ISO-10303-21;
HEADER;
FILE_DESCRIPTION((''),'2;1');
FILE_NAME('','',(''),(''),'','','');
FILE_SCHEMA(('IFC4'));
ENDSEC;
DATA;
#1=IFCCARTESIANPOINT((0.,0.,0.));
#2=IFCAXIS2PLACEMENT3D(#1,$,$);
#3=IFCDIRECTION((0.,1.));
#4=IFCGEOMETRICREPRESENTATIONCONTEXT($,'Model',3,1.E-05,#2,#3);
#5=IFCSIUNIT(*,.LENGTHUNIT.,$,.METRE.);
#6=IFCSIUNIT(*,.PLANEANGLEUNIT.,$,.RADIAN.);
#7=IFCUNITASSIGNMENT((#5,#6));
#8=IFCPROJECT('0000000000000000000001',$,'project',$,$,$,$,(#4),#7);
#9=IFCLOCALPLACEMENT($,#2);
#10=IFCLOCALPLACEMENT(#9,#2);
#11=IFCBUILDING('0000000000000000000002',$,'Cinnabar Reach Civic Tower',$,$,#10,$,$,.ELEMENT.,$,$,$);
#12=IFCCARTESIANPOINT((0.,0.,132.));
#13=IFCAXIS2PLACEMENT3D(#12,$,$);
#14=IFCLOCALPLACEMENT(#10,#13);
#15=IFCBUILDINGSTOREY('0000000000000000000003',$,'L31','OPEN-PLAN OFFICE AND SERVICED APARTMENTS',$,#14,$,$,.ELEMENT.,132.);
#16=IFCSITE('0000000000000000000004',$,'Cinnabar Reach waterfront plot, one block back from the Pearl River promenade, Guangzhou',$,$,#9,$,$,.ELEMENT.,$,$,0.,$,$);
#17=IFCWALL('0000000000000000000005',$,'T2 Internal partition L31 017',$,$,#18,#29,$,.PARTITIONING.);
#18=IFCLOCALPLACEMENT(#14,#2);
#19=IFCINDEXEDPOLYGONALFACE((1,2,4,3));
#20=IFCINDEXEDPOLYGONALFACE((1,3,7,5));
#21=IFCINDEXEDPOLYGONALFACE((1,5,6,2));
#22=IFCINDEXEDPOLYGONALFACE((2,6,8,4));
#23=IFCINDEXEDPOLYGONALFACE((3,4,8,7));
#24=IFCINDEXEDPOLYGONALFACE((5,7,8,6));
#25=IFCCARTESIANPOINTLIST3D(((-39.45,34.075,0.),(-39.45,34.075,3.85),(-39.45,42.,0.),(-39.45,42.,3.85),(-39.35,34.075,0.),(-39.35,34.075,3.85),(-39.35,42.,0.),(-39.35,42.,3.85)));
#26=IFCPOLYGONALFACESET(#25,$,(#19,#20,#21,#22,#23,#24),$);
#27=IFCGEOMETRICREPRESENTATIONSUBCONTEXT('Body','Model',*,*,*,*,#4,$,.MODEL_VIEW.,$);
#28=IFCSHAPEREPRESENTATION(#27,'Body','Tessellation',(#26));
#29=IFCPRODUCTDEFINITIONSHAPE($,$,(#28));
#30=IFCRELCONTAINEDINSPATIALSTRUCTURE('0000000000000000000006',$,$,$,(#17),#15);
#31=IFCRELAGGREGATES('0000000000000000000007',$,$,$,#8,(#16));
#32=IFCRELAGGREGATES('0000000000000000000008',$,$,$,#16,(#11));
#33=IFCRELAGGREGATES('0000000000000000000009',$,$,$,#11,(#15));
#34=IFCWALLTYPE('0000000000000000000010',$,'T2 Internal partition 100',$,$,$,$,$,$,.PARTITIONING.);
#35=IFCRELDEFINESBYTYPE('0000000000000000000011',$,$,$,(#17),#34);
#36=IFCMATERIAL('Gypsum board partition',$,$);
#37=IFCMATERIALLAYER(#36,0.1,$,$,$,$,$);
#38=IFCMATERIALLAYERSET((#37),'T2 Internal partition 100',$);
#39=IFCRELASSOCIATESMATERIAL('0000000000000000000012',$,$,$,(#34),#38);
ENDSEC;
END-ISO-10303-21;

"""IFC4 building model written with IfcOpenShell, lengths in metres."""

from ifc_helpers import new_model, si_unit, direction, frame, frame_2d, origin, place, context, subcontext, project, spatial, rectangle, extrude, material, layer, layer_set, type_object, element, save


model = new_model("IFC4")

# Units and contexts
model_context = context("Model", 3, precision=1e-05, world=origin(), true_north=direction((0.0, 1.0)))
body_context = subcontext(model_context, "Body", "Model", "MODEL_VIEW")
ifc_project = project(units=[si_unit("LENGTHUNIT", "METRE"), si_unit("PLANEANGLEUNIT", "RADIAN")], contexts=[model_context])

# Site, building, storey
site_placement = place(None, origin())
site = spatial("IfcSite", under=ifc_project, at=site_placement, Name="Cinnabar Reach waterfront plot, one block back from the Pearl River promenade, Guangzhou", CompositionType="ELEMENT", RefElevation=0.0)
building_placement = place(site_placement, origin())
building = spatial("IfcBuilding", under=site, at=building_placement, Name="Cinnabar Reach Civic Tower", CompositionType="ELEMENT")
storey_placement = place(building_placement, frame((0.0, 0.0, 132.0)))
storey = spatial("IfcBuildingStorey", under=building, at=storey_placement, Name="L31", Description="OPEN-PLAN OFFICE AND SERVICED APARTMENTS", CompositionType="ELEMENT", Elevation=132.0)

# Wall
ifc_material_1 = material(Name="Gypsum board partition")
ifc_layer_1 = layer(ifc_material_1, 0.1)
ifc_layer_set_1 = layer_set([ifc_layer_1], Name="T2 Internal partition 100")
wall_type_1 = type_object("IfcWallType", Name="T2 Internal partition 100", PredefinedType="PARTITIONING", material=ifc_layer_set_1)
wall_1_placement = place(storey_placement, frame((-39.4, 34.075, 0.0), z_axis=(0.0, 0.0, 1.0), x_axis=(0.0, 1.0, 0.0)))
element("IfcWall", 1, at=wall_1_placement, inside=storey, type_object=wall_type_1, Name="T2 Internal partition L31 017", PredefinedType="PARTITIONING", context=body_context, shape_type="SweptSolid", body=[
    extrude(rectangle(XDim=7.925, YDim=0.1, at=frame_2d((3.9625, 0.0))), origin(), (0.0, 0.0, 1.0), 3.85),
])

save(model, "model.ifc")
